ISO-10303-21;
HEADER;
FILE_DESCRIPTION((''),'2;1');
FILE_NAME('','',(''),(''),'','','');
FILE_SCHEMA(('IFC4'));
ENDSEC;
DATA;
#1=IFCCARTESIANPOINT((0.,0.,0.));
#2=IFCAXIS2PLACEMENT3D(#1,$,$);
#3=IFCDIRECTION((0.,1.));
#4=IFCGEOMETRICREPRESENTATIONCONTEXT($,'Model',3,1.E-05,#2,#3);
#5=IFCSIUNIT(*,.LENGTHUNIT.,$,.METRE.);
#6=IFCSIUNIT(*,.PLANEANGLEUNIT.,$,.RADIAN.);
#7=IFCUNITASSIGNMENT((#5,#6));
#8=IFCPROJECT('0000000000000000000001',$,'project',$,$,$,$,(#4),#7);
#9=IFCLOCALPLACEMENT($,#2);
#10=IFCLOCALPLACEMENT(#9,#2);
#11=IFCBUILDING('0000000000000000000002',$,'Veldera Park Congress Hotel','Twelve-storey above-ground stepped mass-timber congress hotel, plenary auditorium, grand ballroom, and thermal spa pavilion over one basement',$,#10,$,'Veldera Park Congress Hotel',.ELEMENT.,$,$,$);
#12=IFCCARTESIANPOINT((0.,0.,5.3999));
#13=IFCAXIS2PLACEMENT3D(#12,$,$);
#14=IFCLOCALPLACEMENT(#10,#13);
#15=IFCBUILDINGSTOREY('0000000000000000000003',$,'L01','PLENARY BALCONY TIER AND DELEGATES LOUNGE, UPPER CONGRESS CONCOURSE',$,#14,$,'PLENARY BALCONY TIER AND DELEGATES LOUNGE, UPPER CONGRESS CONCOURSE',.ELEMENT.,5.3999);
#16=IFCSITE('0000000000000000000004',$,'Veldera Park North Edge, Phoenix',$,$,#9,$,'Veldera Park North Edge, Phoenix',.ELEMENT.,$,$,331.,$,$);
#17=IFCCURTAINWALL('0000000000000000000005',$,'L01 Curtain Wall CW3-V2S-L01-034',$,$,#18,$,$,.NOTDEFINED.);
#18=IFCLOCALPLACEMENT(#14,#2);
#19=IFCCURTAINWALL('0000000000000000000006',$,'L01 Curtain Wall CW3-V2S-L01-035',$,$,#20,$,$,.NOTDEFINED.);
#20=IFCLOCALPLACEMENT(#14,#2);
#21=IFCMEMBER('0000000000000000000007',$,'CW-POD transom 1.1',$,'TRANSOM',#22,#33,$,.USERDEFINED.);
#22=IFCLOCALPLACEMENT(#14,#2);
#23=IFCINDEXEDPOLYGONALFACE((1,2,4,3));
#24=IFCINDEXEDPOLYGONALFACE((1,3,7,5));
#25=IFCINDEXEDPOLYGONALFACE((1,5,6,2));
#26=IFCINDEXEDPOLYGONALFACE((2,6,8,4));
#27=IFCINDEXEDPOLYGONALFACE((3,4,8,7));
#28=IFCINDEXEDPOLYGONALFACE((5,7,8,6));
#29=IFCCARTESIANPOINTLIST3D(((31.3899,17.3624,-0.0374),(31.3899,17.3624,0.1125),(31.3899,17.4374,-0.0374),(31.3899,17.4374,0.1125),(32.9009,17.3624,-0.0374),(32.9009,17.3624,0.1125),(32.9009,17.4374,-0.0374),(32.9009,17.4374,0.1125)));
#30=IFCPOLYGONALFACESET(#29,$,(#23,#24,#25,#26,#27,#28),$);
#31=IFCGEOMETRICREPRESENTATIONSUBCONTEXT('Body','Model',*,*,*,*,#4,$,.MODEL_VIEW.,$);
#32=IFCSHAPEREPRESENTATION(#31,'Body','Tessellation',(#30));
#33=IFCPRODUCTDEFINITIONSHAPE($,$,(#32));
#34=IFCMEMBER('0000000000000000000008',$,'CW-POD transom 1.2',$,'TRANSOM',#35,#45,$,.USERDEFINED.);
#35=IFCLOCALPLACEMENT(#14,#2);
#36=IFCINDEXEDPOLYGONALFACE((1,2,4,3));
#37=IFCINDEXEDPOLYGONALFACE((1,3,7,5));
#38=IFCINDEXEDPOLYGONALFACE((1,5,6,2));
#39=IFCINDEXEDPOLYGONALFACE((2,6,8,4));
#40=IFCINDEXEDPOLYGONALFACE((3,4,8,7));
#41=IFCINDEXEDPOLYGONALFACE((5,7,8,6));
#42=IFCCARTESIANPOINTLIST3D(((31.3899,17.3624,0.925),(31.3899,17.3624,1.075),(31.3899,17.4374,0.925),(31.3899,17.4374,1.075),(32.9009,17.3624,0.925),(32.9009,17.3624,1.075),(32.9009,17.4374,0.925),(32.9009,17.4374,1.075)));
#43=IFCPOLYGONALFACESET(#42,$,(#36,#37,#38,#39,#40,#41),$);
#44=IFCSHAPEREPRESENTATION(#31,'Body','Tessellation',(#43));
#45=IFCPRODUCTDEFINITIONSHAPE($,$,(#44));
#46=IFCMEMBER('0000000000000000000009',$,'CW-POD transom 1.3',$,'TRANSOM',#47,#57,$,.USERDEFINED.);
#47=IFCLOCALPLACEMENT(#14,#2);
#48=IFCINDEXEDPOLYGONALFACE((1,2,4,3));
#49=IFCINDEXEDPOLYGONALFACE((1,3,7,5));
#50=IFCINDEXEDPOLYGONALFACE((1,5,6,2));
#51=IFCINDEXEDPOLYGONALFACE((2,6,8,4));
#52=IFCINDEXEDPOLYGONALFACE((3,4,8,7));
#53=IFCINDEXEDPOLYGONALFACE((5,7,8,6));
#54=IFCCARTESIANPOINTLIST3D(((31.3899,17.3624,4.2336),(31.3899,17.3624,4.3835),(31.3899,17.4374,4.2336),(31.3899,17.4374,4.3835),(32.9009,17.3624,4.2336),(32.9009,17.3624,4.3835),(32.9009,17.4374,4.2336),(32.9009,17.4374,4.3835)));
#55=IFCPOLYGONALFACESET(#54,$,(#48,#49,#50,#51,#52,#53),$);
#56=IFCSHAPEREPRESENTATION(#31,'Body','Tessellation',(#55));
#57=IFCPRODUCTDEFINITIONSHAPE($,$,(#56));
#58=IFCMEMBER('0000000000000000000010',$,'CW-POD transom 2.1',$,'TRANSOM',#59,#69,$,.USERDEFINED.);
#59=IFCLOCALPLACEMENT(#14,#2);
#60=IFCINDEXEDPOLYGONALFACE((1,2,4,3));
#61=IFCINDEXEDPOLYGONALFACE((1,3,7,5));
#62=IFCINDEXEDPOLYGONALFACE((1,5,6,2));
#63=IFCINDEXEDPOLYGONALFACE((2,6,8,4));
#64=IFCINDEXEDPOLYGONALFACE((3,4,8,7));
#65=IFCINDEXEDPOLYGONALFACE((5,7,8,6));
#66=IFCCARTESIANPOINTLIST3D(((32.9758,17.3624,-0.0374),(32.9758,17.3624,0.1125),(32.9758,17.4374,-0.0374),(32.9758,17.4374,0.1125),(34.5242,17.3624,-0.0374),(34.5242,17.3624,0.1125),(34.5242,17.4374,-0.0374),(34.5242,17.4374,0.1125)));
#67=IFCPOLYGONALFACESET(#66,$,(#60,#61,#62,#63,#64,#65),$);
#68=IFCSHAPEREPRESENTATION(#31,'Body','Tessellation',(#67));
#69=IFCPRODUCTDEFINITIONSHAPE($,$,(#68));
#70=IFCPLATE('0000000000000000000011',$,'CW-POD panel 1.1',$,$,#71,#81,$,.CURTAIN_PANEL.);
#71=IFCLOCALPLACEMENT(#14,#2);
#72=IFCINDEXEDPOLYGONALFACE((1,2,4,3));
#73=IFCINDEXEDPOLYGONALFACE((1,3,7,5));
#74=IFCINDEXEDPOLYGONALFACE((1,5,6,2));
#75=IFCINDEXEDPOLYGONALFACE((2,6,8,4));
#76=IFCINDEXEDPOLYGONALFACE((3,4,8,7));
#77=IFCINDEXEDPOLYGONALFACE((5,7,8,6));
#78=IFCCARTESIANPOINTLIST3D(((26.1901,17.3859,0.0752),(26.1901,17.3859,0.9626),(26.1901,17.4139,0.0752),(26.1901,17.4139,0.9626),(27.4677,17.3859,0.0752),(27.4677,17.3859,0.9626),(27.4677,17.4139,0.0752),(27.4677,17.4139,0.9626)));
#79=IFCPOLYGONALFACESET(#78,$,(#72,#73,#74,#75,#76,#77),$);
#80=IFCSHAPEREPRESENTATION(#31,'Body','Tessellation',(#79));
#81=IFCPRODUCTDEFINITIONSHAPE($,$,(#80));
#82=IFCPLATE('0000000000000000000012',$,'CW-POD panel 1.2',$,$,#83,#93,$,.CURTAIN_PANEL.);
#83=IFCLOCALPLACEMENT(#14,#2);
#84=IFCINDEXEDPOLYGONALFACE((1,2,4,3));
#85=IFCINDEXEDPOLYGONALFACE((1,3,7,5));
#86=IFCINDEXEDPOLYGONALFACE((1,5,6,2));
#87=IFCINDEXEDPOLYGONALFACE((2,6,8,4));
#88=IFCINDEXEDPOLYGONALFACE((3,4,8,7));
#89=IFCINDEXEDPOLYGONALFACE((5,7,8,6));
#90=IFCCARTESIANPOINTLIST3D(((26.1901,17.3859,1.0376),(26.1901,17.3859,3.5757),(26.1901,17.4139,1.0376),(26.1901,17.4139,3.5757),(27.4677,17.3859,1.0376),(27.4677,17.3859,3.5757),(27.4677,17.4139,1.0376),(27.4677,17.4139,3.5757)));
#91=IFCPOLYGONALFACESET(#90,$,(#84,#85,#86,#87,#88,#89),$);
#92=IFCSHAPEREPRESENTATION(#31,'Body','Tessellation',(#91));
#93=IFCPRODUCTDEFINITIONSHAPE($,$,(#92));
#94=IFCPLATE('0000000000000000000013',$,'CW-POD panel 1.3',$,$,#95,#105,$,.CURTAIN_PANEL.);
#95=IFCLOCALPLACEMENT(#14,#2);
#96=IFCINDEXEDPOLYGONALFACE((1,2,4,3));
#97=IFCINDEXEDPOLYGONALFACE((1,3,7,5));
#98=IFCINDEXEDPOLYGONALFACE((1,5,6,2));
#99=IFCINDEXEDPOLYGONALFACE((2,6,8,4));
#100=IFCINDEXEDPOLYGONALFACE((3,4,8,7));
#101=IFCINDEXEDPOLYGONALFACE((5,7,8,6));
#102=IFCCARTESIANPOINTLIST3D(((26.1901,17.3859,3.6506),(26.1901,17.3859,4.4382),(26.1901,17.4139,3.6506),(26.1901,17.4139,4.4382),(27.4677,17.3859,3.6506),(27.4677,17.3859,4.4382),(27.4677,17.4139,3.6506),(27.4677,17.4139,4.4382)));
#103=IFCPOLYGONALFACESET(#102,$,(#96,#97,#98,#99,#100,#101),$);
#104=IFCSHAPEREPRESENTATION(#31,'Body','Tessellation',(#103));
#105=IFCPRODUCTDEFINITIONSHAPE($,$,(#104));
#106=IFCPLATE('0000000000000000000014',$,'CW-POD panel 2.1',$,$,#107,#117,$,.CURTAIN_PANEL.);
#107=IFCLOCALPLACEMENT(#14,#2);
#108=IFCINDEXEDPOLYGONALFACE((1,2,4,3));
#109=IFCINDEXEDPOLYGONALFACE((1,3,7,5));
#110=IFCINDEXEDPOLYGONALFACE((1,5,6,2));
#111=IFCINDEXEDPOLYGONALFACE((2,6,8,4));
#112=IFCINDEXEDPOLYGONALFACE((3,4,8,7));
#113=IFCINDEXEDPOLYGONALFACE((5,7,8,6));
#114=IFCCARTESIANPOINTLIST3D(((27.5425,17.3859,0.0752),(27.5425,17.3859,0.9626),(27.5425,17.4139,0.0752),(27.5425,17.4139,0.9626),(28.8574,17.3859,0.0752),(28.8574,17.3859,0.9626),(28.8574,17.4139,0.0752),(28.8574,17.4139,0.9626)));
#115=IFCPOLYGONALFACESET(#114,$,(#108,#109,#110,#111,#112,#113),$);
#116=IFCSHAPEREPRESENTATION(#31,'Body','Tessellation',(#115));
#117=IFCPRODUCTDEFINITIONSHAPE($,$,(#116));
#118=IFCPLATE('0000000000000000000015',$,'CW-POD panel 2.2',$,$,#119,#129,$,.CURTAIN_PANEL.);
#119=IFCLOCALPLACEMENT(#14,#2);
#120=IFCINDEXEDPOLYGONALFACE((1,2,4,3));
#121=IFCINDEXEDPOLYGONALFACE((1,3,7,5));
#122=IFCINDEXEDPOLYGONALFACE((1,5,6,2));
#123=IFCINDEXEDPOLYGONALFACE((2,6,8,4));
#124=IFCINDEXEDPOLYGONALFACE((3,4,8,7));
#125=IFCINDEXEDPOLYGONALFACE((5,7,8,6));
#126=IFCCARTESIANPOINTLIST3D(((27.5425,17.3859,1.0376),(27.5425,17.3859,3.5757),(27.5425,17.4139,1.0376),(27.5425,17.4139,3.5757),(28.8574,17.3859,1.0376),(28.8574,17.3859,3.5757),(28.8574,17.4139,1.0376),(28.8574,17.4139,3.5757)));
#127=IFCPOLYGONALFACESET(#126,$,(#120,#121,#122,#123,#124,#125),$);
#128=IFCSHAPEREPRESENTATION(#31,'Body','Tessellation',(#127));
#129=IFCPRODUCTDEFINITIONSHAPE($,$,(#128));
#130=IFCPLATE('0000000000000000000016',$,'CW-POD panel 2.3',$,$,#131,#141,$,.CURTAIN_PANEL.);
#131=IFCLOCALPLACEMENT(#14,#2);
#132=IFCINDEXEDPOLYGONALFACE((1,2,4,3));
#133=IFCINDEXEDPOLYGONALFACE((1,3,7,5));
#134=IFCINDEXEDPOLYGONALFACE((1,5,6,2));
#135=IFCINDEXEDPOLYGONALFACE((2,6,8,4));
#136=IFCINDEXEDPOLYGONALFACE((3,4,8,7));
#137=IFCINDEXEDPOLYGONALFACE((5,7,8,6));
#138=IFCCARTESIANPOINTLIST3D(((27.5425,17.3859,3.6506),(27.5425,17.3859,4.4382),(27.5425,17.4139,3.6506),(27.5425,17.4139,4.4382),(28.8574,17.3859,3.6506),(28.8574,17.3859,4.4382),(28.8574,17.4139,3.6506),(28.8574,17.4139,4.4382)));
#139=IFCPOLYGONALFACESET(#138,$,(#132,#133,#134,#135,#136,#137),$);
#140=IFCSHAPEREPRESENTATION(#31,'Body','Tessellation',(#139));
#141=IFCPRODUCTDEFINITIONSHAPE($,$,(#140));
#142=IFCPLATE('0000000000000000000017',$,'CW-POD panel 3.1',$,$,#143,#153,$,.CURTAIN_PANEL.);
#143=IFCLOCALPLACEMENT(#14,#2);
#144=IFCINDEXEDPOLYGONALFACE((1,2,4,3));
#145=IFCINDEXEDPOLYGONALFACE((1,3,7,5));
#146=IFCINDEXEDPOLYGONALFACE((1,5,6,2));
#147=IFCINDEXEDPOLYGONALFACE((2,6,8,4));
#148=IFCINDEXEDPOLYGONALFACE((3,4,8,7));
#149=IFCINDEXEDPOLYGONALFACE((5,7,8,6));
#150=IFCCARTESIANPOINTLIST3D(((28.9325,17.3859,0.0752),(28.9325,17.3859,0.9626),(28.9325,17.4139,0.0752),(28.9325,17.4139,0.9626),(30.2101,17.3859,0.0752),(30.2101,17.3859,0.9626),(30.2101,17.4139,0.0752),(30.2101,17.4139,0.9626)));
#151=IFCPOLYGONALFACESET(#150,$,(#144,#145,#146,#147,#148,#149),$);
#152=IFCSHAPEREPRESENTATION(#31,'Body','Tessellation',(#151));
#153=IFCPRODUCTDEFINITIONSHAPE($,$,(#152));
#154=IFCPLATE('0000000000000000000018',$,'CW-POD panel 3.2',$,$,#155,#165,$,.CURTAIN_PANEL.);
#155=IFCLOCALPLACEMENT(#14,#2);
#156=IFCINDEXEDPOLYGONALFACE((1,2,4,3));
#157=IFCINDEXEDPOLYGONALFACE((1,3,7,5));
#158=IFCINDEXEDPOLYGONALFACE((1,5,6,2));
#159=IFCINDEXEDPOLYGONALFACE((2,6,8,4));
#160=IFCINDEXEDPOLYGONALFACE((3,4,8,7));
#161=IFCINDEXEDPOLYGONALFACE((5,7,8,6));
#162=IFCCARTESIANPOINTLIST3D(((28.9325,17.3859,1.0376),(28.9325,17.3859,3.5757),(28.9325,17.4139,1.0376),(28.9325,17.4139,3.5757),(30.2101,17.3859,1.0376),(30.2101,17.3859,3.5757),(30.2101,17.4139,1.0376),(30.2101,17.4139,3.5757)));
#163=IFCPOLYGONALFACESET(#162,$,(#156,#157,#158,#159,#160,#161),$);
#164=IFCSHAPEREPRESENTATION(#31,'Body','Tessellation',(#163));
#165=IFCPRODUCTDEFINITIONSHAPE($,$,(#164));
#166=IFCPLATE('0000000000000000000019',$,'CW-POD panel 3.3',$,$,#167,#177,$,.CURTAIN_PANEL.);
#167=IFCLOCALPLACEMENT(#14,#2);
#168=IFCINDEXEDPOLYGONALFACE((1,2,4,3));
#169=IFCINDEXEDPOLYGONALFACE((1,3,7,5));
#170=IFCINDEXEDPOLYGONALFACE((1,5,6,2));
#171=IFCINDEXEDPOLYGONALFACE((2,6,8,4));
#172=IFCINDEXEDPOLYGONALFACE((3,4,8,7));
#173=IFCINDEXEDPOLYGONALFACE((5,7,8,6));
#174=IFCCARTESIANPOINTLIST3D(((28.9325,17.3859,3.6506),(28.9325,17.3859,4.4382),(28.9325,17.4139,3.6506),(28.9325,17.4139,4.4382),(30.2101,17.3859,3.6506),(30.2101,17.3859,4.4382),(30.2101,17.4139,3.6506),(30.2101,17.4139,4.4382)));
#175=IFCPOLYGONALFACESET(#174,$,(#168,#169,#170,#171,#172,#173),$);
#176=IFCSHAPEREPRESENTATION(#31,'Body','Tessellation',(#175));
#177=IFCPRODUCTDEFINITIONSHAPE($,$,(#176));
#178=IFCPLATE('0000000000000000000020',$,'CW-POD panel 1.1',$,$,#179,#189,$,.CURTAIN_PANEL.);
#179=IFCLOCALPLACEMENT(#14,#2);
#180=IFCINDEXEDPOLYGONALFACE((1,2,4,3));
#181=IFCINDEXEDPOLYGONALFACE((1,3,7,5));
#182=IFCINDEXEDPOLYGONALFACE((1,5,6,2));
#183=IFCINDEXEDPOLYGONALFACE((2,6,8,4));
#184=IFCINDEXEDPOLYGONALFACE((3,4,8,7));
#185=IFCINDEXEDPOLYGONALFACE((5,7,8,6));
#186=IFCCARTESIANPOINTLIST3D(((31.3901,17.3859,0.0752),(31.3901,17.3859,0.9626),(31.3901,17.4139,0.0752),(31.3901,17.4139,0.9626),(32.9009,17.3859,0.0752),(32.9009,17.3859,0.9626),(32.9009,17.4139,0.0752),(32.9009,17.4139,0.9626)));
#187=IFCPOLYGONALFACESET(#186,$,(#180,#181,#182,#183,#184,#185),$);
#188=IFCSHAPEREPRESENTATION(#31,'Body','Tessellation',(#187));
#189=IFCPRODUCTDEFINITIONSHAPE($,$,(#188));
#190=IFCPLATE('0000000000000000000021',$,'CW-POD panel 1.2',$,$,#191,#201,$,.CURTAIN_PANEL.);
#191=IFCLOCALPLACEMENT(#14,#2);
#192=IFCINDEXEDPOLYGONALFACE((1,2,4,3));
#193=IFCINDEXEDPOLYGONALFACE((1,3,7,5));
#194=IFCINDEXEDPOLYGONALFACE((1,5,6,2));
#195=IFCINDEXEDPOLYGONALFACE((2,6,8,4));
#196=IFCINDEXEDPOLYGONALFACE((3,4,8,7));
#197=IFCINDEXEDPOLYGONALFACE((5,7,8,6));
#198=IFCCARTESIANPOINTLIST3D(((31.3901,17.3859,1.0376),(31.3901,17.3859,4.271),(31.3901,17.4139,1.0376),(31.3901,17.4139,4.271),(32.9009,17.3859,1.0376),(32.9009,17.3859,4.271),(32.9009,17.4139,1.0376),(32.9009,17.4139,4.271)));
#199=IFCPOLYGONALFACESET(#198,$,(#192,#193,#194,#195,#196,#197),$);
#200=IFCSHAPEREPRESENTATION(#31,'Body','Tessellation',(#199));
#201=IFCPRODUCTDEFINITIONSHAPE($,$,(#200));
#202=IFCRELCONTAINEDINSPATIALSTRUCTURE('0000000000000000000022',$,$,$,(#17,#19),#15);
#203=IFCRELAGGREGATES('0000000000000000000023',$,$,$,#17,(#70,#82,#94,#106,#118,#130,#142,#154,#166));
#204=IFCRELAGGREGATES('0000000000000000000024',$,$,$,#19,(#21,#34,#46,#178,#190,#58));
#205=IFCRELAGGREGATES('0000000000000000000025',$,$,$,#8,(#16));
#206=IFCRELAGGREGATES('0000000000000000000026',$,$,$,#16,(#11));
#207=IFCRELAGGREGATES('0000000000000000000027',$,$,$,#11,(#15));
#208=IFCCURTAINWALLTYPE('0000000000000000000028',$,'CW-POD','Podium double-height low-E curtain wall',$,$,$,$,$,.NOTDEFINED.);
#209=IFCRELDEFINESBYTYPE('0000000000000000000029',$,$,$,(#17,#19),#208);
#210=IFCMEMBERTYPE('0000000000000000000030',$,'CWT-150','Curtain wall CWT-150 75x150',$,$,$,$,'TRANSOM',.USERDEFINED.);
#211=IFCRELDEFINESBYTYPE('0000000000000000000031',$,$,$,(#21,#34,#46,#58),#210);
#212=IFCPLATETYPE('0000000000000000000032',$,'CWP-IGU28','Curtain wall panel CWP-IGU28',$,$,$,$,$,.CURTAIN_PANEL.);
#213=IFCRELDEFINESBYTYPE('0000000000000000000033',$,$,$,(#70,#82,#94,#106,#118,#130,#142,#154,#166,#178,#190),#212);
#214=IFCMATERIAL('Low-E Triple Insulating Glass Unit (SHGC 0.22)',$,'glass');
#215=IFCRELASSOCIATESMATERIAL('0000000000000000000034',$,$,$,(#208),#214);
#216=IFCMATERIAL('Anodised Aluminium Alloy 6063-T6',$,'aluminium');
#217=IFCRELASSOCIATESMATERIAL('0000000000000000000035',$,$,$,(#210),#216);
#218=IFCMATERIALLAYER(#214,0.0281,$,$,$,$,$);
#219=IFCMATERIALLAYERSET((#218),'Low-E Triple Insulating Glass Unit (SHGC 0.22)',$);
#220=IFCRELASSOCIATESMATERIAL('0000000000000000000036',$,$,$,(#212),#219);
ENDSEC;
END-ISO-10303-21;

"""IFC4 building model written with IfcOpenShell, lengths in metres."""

from ifc_helpers import new_model, si_unit, direction, frame, origin, origin_2d, place, context, subcontext, project, spatial, rectangle, extrude, material, layer, layer_set, material_profile, profile_set, type_object, element, aggregate, save


model = new_model("IFC4")

# Units and contexts
model_context = context("Model", 3, precision=1e-05, world=origin(), true_north=direction((0.0, 1.0)))
body_context = subcontext(model_context, "Body", "Model", "MODEL_VIEW")
ifc_project = project(units=[si_unit("LENGTHUNIT", "METRE"), si_unit("PLANEANGLEUNIT", "RADIAN")], contexts=[model_context])

# Site, building, storey
site_placement = place(None, origin())
site = spatial("IfcSite", under=ifc_project, at=site_placement, Name="Veldera Park North Edge, Phoenix", LongName="Veldera Park North Edge, Phoenix", CompositionType="ELEMENT", RefElevation=331.0)
building_placement = place(site_placement, origin())
building = spatial("IfcBuilding", under=site, at=building_placement, Name="Veldera Park Congress Hotel", Description="Twelve-storey above-ground stepped mass-timber congress hotel, plenary auditorium, grand ballroom, and thermal spa pavilion over one basement", LongName="Veldera Park Congress Hotel", CompositionType="ELEMENT")
storey_placement = place(building_placement, frame((0.0, 0.0, 5.3999)))
storey = spatial("IfcBuildingStorey", under=building, at=storey_placement, Name="L01", Description="PLENARY BALCONY TIER AND DELEGATES LOUNGE, UPPER CONGRESS CONCOURSE", LongName="PLENARY BALCONY TIER AND DELEGATES LOUNGE, UPPER CONGRESS CONCOURSE", CompositionType="ELEMENT", Elevation=5.3999)

# Shared definitions
ifc_material_1 = material(Name="Low-E Triple Insulating Glass Unit (SHGC 0.22)", Category="glass")
curtain_wall_type = type_object("IfcCurtainWallType", Name="CW-POD", Description="Podium double-height low-E curtain wall", PredefinedType="NOTDEFINED", material=ifc_material_1)
ifc_material_2 = material(Name="Anodised Aluminium Alloy 6063-T6", Category="aluminium")

# Curtain walls
curtain_wall_1_placement = place(storey_placement, origin())
curtain_wall_1 = element("IfcCurtainWall", 1, at=curtain_wall_1_placement, inside=storey, type_object=curtain_wall_type, Name="L01 Curtain Wall CW3-V2S-L01-034", PredefinedType="NOTDEFINED")
curtain_wall_2_placement = place(storey_placement, origin())
curtain_wall_2 = element("IfcCurtainWall", 2, at=curtain_wall_2_placement, inside=storey, type_object=curtain_wall_type, Name="L01 Curtain Wall CW3-V2S-L01-035", PredefinedType="NOTDEFINED")

# Members
ifc_material_profile_1 = material_profile(ifc_material_2, rectangle(XDim=0.075, YDim=0.1499, at=origin_2d()), Name="ALU 75x150")
ifc_profile_set_1 = profile_set([ifc_material_profile_1], Name="Anodised Aluminium Alloy 6063-T6")
member_type_1 = type_object("IfcMemberType", Name="CWT-150", Description="Curtain wall CWT-150 75x150", ElementType="TRANSOM", PredefinedType="USERDEFINED", material=ifc_profile_set_1)
member_1_placement = place(storey_placement, frame((31.3899, 17.3999, 0.0376), z_axis=(1.0, 0.0, 0.0), x_axis=(0.0, 1.0, 0.0)))
member_1 = element("IfcMember", 3, at=member_1_placement, type_object=member_type_1, Name="CW-POD transom 1.1", ObjectType="TRANSOM", PredefinedType="USERDEFINED", context=body_context, shape_type="SweptSolid", body=[
    extrude(rectangle(XDim=0.075, YDim=0.1499, at=origin_2d()), origin(), (0.0, 0.0, 1.0), 1.511),
])
member_2_placement = place(storey_placement, frame((31.3899, 17.3999, 1.0), z_axis=(1.0, 0.0, 0.0), x_axis=(0.0, 1.0, 0.0)))
member_2 = element("IfcMember", 4, at=member_2_placement, type_object=member_type_1, Name="CW-POD transom 1.2", ObjectType="TRANSOM", PredefinedType="USERDEFINED", context=body_context, shape_type="SweptSolid", body=[
    extrude(rectangle(XDim=0.075, YDim=0.1499, at=origin_2d()), origin(), (0.0, 0.0, 1.0), 1.511),
])
member_3_placement = place(storey_placement, frame((31.3899, 17.3999, 4.3086), z_axis=(1.0, 0.0, 0.0), x_axis=(0.0, 1.0, 0.0)))
member_3 = element("IfcMember", 5, at=member_3_placement, type_object=member_type_1, Name="CW-POD transom 1.3", ObjectType="TRANSOM", PredefinedType="USERDEFINED", context=body_context, shape_type="SweptSolid", body=[
    extrude(rectangle(XDim=0.075, YDim=0.1499, at=origin_2d()), origin(), (0.0, 0.0, 1.0), 1.511),
])
member_4_placement = place(storey_placement, frame((32.9758, 17.3999, 0.0376), z_axis=(1.0, 0.0, 0.0), x_axis=(0.0, 1.0, 0.0)))
member_4 = element("IfcMember", 6, at=member_4_placement, type_object=member_type_1, Name="CW-POD transom 2.1", ObjectType="TRANSOM", PredefinedType="USERDEFINED", context=body_context, shape_type="SweptSolid", body=[
    extrude(rectangle(XDim=0.075, YDim=0.1499, at=origin_2d()), origin(), (0.0, 0.0, 1.0), 1.5483),
])

# Plates
ifc_layer = layer(ifc_material_1, 0.0281)
ifc_layer_set = layer_set([ifc_layer], Name="Low-E Triple Insulating Glass Unit (SHGC 0.22)")
plate_type = type_object("IfcPlateType", Name="CWP-IGU28", Description="Curtain wall panel CWP-IGU28", PredefinedType="CURTAIN_PANEL", material=ifc_layer_set)
plate_1_placement = place(storey_placement, frame((26.8289, 17.3999, 0.0752), z_axis=(0.0, 0.0, 1.0), x_axis=(1.0, 0.0, 0.0)))
plate_1 = element("IfcPlate", 7, at=plate_1_placement, type_object=plate_type, Name="CW-POD panel 1.1", PredefinedType="CURTAIN_PANEL", context=body_context, shape_type="SweptSolid", body=[
    extrude(rectangle(XDim=1.2776, YDim=0.0281, at=origin_2d()), origin(), (0.0, 0.0, 1.0), 0.8875),
])
plate_2_placement = place(storey_placement, frame((26.8289, 17.3999, 1.0376), z_axis=(0.0, 0.0, 1.0), x_axis=(1.0, 0.0, 0.0)))
plate_2 = element("IfcPlate", 8, at=plate_2_placement, type_object=plate_type, Name="CW-POD panel 1.2", PredefinedType="CURTAIN_PANEL", context=body_context, shape_type="SweptSolid", body=[
    extrude(rectangle(XDim=1.2776, YDim=0.0281, at=origin_2d()), origin(), (0.0, 0.0, 1.0), 2.5381),
])
plate_3_placement = place(storey_placement, frame((26.8289, 17.3999, 3.6506), z_axis=(0.0, 0.0, 1.0), x_axis=(1.0, 0.0, 0.0)))
plate_3 = element("IfcPlate", 9, at=plate_3_placement, type_object=plate_type, Name="CW-POD panel 1.3", PredefinedType="CURTAIN_PANEL", context=body_context, shape_type="SweptSolid", body=[
    extrude(rectangle(XDim=1.2776, YDim=0.0281, at=origin_2d()), origin(), (0.0, 0.0, 1.0), 0.7876),
])
plate_4_placement = place(storey_placement, frame((28.2, 17.3999, 0.0752), z_axis=(0.0, 0.0, 1.0), x_axis=(1.0, 0.0, 0.0)))
plate_4 = element("IfcPlate", 10, at=plate_4_placement, type_object=plate_type, Name="CW-POD panel 2.1", PredefinedType="CURTAIN_PANEL", context=body_context, shape_type="SweptSolid", body=[
    extrude(rectangle(XDim=1.3149, YDim=0.0281, at=origin_2d()), origin(), (0.0, 0.0, 1.0), 0.8875),
])
plate_5_placement = place(storey_placement, frame((28.2, 17.3999, 1.0376), z_axis=(0.0, 0.0, 1.0), x_axis=(1.0, 0.0, 0.0)))
plate_5 = element("IfcPlate", 11, at=plate_5_placement, type_object=plate_type, Name="CW-POD panel 2.2", PredefinedType="CURTAIN_PANEL", context=body_context, shape_type="SweptSolid", body=[
    extrude(rectangle(XDim=1.3149, YDim=0.0281, at=origin_2d()), origin(), (0.0, 0.0, 1.0), 2.5381),
])
plate_6_placement = place(storey_placement, frame((28.2, 17.3999, 3.6506), z_axis=(0.0, 0.0, 1.0), x_axis=(1.0, 0.0, 0.0)))
plate_6 = element("IfcPlate", 12, at=plate_6_placement, type_object=plate_type, Name="CW-POD panel 2.3", PredefinedType="CURTAIN_PANEL", context=body_context, shape_type="SweptSolid", body=[
    extrude(rectangle(XDim=1.3149, YDim=0.0281, at=origin_2d()), origin(), (0.0, 0.0, 1.0), 0.7876),
])
plate_7_placement = place(storey_placement, frame((29.5713, 17.3999, 0.0752), z_axis=(0.0, 0.0, 1.0), x_axis=(1.0, 0.0, 0.0)))
plate_7 = element("IfcPlate", 13, at=plate_7_placement, type_object=plate_type, Name="CW-POD panel 3.1", PredefinedType="CURTAIN_PANEL", context=body_context, shape_type="SweptSolid", body=[
    extrude(rectangle(XDim=1.2776, YDim=0.0281, at=origin_2d()), origin(), (0.0, 0.0, 1.0), 0.8875),
])
plate_8_placement = place(storey_placement, frame((29.5713, 17.3999, 1.0376), z_axis=(0.0, 0.0, 1.0), x_axis=(1.0, 0.0, 0.0)))
plate_8 = element("IfcPlate", 14, at=plate_8_placement, type_object=plate_type, Name="CW-POD panel 3.2", PredefinedType="CURTAIN_PANEL", context=body_context, shape_type="SweptSolid", body=[
    extrude(rectangle(XDim=1.2776, YDim=0.0281, at=origin_2d()), origin(), (0.0, 0.0, 1.0), 2.5381),
])
plate_9_placement = place(storey_placement, frame((29.5713, 17.3999, 3.6506), z_axis=(0.0, 0.0, 1.0), x_axis=(1.0, 0.0, 0.0)))
plate_9 = element("IfcPlate", 15, at=plate_9_placement, type_object=plate_type, Name="CW-POD panel 3.3", PredefinedType="CURTAIN_PANEL", context=body_context, shape_type="SweptSolid", body=[
    extrude(rectangle(XDim=1.2776, YDim=0.0281, at=origin_2d()), origin(), (0.0, 0.0, 1.0), 0.7876),
])
aggregate(curtain_wall_1, [plate_1, plate_2, plate_3, plate_4, plate_5, plate_6, plate_7, plate_8, plate_9])
plate_10_placement = place(storey_placement, frame((32.1455, 17.3999, 0.0752), z_axis=(0.0, 0.0, 1.0), x_axis=(1.0, 0.0, 0.0)))
plate_10 = element("IfcPlate", 16, at=plate_10_placement, type_object=plate_type, Name="CW-POD panel 1.1", PredefinedType="CURTAIN_PANEL", context=body_context, shape_type="SweptSolid", body=[
    extrude(rectangle(XDim=1.5107, YDim=0.0281, at=origin_2d()), origin(), (0.0, 0.0, 1.0), 0.8875),
])
plate_11_placement = place(storey_placement, frame((32.1455, 17.3999, 1.0376), z_axis=(0.0, 0.0, 1.0), x_axis=(1.0, 0.0, 0.0)))
plate_11 = element("IfcPlate", 17, at=plate_11_placement, type_object=plate_type, Name="CW-POD panel 1.2", PredefinedType="CURTAIN_PANEL", context=body_context, shape_type="SweptSolid", body=[
    extrude(rectangle(XDim=1.5107, YDim=0.0281, at=origin_2d()), origin(), (0.0, 0.0, 1.0), 3.2334),
])
aggregate(curtain_wall_2, [member_1, member_2, member_3, plate_10, plate_11, member_4])

save(model, "model.ifc")
